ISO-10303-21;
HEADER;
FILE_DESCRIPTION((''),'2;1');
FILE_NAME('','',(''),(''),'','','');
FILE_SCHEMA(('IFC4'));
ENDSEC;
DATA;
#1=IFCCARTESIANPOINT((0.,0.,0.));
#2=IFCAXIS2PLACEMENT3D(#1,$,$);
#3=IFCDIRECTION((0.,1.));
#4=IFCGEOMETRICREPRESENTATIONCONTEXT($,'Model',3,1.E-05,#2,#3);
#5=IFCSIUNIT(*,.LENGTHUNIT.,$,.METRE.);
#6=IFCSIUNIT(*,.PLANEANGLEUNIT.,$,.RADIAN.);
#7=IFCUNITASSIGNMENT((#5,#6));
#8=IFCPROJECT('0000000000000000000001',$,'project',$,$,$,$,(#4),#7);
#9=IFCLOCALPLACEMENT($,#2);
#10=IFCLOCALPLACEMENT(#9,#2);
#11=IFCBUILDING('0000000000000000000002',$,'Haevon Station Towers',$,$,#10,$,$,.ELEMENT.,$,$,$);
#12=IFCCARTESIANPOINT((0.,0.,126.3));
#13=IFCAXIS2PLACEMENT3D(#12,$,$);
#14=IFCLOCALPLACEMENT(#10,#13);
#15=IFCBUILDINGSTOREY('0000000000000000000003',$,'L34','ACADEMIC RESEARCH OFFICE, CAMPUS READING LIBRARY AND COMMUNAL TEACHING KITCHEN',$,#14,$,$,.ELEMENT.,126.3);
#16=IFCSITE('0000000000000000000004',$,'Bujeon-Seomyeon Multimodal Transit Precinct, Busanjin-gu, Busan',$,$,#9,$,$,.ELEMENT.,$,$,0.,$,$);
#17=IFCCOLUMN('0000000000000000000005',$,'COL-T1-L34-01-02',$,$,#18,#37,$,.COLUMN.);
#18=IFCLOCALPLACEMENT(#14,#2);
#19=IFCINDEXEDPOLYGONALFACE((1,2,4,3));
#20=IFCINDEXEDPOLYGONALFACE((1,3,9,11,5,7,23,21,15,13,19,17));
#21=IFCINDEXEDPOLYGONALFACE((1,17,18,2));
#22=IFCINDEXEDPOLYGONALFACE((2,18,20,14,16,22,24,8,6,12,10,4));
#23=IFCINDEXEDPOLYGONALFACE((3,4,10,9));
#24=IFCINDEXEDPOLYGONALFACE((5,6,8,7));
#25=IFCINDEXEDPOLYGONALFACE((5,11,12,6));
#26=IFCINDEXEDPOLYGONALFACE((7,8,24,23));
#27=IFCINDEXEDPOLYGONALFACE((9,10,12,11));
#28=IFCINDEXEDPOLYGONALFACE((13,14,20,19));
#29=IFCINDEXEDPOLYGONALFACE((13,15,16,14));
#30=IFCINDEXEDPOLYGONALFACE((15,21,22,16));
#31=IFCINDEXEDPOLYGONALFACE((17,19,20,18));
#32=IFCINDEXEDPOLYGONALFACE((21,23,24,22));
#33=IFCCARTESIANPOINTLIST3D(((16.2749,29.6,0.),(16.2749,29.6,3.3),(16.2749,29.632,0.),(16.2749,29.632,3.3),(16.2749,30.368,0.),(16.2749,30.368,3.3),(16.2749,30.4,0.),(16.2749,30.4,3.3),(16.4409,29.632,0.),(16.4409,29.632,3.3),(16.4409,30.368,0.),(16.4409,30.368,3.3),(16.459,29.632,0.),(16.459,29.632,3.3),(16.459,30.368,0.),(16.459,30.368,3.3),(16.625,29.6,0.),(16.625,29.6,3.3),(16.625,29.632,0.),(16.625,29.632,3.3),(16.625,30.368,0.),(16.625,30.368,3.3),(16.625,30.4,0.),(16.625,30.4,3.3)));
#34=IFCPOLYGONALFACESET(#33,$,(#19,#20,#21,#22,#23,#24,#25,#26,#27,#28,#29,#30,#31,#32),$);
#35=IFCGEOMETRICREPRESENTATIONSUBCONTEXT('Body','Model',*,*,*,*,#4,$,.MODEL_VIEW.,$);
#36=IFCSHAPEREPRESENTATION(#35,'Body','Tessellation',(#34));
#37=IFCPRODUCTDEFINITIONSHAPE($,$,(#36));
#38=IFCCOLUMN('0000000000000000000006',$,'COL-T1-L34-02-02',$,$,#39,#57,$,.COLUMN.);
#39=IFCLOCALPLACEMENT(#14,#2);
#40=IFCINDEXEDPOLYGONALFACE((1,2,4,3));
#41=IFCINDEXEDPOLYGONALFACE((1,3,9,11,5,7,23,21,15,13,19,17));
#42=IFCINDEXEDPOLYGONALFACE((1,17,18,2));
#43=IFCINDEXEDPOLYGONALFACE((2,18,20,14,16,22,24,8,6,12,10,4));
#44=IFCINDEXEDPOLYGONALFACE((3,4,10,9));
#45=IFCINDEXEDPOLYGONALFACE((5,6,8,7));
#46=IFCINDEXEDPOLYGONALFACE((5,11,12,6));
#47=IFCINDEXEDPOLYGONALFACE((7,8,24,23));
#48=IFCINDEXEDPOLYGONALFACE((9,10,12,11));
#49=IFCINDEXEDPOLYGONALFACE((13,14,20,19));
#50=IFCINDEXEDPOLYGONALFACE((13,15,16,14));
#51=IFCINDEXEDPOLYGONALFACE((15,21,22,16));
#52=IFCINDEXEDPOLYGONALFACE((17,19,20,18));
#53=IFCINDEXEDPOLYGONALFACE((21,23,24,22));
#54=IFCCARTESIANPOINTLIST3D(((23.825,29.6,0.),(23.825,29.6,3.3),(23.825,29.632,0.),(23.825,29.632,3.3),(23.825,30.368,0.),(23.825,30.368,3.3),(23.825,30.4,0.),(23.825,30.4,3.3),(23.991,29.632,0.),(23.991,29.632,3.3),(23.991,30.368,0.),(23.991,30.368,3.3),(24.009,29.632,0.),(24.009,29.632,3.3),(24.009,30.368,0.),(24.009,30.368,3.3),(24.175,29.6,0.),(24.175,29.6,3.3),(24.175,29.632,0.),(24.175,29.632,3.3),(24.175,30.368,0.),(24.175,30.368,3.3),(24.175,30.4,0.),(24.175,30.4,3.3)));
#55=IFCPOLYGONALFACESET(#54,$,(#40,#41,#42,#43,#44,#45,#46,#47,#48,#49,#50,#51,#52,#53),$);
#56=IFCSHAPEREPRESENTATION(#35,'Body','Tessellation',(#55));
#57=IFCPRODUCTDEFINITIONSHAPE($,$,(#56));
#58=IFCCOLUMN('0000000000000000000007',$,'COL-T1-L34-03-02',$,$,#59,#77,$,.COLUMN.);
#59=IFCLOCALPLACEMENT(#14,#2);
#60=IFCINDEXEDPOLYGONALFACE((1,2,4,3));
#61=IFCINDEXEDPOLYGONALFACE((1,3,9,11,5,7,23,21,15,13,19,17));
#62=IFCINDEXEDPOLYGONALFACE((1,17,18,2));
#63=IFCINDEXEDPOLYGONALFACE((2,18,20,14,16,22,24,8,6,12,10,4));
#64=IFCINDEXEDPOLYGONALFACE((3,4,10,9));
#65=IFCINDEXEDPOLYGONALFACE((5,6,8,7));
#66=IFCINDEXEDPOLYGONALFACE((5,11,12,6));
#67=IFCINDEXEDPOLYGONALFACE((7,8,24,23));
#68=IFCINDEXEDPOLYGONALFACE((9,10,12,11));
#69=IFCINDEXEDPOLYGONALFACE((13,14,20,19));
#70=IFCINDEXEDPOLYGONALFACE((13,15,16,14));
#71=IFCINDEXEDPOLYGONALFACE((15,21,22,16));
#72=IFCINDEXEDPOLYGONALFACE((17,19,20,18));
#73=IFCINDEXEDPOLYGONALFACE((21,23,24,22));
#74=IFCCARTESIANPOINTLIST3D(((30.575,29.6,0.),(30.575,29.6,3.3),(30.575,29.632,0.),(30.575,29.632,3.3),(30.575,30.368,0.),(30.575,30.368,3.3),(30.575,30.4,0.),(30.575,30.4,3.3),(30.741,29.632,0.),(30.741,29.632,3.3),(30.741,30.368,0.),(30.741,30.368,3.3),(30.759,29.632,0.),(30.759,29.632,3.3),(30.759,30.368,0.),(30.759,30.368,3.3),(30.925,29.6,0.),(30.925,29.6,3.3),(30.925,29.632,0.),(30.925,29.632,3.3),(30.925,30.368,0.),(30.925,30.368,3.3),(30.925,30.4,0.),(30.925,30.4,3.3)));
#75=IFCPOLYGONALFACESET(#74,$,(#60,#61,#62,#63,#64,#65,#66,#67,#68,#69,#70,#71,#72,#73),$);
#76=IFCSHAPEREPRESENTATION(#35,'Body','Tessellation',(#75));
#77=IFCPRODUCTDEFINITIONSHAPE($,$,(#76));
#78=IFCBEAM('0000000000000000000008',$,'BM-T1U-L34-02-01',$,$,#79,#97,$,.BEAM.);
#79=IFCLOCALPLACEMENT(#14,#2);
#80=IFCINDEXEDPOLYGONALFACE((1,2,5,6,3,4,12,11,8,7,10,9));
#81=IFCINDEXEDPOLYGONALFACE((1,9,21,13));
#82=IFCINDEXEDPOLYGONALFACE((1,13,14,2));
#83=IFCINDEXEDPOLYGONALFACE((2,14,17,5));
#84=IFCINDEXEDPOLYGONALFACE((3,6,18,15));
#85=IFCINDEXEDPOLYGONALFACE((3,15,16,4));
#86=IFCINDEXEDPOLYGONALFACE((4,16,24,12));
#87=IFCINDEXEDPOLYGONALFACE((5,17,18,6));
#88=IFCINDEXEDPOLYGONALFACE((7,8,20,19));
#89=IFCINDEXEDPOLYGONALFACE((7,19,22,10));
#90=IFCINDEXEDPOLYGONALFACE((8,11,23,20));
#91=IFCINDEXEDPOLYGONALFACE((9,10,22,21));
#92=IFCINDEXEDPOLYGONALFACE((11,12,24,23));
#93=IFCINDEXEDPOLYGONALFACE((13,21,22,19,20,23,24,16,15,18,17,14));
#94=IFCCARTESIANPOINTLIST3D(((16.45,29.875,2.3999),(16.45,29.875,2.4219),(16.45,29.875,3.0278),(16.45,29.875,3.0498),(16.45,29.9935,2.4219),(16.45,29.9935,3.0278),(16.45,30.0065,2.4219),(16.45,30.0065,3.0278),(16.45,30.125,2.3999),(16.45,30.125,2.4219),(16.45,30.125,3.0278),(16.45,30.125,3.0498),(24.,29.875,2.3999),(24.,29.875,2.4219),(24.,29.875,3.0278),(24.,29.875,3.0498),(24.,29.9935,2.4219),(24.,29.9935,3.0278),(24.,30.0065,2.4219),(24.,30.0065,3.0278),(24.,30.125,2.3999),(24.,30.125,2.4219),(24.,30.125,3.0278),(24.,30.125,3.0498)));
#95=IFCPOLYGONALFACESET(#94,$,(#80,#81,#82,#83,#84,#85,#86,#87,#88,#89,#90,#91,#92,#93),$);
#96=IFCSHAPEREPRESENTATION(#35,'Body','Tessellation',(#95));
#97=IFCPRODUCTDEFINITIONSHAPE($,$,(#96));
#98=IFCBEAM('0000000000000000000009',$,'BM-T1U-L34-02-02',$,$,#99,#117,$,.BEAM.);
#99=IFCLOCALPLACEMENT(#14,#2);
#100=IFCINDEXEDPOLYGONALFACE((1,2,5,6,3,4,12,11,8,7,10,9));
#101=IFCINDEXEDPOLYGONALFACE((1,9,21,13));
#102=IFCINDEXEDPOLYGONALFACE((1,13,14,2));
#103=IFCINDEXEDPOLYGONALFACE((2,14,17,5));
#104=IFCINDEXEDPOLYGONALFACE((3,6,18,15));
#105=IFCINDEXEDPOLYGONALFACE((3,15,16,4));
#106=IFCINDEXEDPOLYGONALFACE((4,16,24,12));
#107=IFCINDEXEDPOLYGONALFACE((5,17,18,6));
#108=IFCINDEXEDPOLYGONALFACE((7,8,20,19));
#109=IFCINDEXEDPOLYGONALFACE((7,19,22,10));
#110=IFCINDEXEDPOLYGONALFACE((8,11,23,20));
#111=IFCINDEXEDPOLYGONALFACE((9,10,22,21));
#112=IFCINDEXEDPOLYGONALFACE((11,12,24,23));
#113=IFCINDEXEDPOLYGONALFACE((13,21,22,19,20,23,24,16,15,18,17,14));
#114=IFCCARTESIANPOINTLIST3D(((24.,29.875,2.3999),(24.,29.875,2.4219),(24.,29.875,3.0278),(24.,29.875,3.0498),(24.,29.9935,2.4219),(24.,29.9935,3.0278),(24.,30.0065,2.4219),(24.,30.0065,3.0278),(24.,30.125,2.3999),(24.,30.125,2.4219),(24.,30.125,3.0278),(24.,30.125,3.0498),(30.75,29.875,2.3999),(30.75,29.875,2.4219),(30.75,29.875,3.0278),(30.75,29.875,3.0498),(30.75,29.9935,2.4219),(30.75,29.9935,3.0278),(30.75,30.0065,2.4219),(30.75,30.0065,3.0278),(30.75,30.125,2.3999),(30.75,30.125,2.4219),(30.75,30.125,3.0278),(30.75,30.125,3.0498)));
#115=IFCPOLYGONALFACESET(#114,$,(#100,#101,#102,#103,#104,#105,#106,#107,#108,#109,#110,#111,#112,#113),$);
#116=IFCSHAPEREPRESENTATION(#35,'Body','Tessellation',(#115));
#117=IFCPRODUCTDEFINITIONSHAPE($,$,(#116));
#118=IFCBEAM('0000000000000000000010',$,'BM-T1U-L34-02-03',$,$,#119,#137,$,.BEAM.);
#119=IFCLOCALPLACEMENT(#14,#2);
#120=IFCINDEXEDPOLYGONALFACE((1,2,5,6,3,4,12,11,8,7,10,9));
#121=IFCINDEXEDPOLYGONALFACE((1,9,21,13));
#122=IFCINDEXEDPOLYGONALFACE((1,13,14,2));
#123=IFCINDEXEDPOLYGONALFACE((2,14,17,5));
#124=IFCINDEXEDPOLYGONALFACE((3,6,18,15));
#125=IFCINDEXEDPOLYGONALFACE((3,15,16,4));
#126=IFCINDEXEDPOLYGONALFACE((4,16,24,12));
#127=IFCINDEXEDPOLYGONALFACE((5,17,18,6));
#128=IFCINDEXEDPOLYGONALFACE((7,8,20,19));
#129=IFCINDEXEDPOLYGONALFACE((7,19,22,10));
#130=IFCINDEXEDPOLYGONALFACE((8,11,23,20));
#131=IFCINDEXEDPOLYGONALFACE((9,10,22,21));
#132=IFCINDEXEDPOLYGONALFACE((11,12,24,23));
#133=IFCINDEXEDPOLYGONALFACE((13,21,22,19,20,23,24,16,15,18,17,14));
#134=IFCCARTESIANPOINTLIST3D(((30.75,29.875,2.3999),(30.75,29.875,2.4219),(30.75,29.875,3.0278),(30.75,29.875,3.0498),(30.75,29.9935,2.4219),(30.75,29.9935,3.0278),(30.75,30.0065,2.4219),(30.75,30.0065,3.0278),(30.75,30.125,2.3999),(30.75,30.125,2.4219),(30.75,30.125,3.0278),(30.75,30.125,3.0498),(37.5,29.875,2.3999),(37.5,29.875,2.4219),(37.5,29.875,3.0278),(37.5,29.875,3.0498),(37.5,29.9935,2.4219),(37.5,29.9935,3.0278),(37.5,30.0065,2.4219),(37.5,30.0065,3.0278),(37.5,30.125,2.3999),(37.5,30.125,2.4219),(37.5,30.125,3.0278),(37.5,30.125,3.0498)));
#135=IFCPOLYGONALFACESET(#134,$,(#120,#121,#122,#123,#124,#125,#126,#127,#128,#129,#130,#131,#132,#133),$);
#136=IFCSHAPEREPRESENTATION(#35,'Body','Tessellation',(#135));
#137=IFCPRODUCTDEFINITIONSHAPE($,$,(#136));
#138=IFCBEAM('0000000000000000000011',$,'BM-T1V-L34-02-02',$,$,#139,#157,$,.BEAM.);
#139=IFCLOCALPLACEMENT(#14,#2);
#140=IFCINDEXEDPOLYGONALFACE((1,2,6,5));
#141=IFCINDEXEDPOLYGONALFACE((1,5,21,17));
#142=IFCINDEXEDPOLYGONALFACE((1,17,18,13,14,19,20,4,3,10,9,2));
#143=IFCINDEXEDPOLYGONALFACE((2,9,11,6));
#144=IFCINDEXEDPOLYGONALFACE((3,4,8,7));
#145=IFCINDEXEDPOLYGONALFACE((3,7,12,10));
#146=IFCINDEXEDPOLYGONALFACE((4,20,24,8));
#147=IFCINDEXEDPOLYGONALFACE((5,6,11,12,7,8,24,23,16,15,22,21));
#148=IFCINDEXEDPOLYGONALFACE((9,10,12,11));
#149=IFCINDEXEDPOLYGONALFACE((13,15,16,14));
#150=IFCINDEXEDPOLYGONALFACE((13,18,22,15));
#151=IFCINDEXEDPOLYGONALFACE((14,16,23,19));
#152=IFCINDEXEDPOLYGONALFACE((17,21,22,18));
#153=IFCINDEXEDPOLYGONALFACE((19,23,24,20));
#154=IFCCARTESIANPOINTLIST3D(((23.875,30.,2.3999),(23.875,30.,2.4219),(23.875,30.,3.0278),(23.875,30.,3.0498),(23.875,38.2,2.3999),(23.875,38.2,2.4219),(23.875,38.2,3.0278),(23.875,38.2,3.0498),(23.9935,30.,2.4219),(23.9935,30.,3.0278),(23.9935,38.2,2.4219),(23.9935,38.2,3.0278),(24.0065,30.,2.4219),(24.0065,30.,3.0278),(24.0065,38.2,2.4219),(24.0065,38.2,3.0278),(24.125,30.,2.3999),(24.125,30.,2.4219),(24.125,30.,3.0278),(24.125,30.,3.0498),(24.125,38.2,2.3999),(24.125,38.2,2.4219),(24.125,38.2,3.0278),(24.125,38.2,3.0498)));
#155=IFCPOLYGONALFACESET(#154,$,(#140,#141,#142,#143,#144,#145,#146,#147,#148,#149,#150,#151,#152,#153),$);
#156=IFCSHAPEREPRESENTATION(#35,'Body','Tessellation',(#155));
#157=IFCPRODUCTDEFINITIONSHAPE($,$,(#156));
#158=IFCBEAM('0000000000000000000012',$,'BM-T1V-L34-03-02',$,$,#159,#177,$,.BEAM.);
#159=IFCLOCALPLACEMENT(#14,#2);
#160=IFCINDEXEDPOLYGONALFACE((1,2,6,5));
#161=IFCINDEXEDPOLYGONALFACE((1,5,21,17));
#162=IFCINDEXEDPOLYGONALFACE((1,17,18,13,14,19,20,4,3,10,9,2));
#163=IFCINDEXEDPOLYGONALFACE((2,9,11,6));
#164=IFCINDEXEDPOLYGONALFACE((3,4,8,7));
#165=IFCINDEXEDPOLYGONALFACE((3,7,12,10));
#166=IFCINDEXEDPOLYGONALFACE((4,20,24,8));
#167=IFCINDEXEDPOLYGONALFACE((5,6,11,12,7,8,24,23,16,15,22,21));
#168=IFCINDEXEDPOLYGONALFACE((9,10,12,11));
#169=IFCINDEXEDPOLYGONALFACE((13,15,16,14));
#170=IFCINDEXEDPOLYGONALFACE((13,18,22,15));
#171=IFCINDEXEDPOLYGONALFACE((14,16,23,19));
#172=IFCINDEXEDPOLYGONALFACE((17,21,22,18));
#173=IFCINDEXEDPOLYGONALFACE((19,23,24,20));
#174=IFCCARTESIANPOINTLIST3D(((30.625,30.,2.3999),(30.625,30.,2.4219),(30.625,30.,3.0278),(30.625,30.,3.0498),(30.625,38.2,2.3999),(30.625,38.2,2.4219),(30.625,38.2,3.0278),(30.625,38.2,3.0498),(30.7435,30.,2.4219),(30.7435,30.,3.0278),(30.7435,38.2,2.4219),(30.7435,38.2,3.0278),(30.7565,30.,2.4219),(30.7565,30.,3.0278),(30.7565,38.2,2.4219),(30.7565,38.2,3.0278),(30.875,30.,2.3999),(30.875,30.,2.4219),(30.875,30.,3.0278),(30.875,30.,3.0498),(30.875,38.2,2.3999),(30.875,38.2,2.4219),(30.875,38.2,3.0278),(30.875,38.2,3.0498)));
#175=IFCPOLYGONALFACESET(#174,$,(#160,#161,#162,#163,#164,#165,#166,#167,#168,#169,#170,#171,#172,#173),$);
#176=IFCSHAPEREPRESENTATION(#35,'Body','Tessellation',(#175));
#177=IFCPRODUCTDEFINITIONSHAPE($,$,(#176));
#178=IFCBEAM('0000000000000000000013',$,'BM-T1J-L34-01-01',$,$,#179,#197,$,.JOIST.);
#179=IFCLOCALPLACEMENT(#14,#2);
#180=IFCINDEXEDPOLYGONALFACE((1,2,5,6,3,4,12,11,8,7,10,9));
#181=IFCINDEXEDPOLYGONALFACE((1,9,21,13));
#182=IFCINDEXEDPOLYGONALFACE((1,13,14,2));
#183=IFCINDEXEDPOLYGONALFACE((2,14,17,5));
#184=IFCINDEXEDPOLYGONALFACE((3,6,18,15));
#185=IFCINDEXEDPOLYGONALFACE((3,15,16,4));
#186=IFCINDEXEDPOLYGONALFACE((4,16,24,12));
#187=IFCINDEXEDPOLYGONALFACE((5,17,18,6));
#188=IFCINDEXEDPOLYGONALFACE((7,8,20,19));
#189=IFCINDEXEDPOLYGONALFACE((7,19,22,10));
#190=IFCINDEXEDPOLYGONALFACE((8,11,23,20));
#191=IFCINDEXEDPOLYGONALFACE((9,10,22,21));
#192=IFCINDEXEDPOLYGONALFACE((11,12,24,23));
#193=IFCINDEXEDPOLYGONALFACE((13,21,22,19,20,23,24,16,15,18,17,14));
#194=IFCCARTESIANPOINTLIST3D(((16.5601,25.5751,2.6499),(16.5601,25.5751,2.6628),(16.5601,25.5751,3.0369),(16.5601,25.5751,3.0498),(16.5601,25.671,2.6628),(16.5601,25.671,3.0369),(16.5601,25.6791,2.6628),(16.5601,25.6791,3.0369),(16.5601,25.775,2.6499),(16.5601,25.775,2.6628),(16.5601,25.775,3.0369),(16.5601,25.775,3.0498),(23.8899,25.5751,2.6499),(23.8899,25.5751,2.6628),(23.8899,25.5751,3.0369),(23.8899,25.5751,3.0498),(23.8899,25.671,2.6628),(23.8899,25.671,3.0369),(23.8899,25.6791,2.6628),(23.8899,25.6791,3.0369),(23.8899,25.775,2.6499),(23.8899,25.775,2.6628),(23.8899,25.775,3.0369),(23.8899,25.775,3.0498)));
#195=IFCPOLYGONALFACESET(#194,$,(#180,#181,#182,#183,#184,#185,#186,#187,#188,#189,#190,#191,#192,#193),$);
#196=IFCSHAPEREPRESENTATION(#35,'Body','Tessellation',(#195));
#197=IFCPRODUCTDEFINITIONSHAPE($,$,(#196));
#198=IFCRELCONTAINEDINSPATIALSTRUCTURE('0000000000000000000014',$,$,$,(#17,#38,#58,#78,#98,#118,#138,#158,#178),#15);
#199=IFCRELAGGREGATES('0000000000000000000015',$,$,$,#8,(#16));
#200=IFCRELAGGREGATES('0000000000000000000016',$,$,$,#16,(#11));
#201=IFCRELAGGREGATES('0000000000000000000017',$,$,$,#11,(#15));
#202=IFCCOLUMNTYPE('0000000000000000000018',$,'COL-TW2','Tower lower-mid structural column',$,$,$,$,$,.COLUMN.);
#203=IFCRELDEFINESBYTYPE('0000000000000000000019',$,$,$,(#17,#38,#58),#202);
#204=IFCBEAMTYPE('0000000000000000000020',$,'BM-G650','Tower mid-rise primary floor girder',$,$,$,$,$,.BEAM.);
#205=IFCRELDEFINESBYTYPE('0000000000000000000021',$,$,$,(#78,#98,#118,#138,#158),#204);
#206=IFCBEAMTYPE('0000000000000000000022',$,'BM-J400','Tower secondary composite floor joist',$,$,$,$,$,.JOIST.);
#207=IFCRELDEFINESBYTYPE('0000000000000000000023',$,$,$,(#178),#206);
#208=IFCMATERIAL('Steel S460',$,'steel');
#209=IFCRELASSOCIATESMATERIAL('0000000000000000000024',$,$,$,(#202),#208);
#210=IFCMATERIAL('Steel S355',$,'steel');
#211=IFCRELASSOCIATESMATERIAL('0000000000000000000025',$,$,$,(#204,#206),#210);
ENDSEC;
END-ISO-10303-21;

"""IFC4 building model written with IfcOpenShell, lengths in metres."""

from ifc_helpers import new_model, si_unit, direction, frame, origin, origin_2d, place, context, subcontext, project, spatial, i_section, extrude, material, material_profile, profile_set, type_object, element, save


model = new_model("IFC4")

# Units and contexts
model_context = context("Model", 3, precision=1e-05, world=origin(), true_north=direction((0.0, 1.0)))
body_context = subcontext(model_context, "Body", "Model", "MODEL_VIEW")
ifc_project = project(units=[si_unit("LENGTHUNIT", "METRE"), si_unit("PLANEANGLEUNIT", "RADIAN")], contexts=[model_context])

# Site, building, storey
site_placement = place(None, origin())
site = spatial("IfcSite", under=ifc_project, at=site_placement, Name="Bujeon-Seomyeon Multimodal Transit Precinct, Busanjin-gu, Busan", CompositionType="ELEMENT", RefElevation=0.0)
building_placement = place(site_placement, origin())
building = spatial("IfcBuilding", under=site, at=building_placement, Name="Haevon Station Towers", CompositionType="ELEMENT")
storey_placement = place(building_placement, frame((0.0, 0.0, 126.3)))
storey = spatial("IfcBuildingStorey", under=building, at=storey_placement, Name="L34", Description="ACADEMIC RESEARCH OFFICE, CAMPUS READING LIBRARY AND COMMUNAL TEACHING KITCHEN", CompositionType="ELEMENT", Elevation=126.3)

# Columns
ifc_material_1 = material(Name="Steel S460", Category="steel")
ifc_material_profile_1 = material_profile(ifc_material_1, i_section(OverallWidth=0.3501, OverallDepth=0.8, WebThickness=0.0181, FlangeThickness=0.032, at=origin_2d()), Name="H-800x350x18x32")
ifc_profile_set_1 = profile_set([ifc_material_profile_1], Name="Steel S460")
column_type = type_object("IfcColumnType", Name="COL-TW2", Description="Tower lower-mid structural column", PredefinedType="COLUMN", material=ifc_profile_set_1)
for number, where, z_axis, x_axis, name in (
    (1, (16.45, 30.0, 0.0), (0.0, 0.0, 1.0), (1.0, 0.0, 0.0), "COL-T1-L34-01-02"),
    (2, (24.0, 30.0, 0.0), (0.0, 0.0, 1.0), (1.0, 0.0, 0.0), "COL-T1-L34-02-02"),
    (3, (30.75, 30.0, 0.0), (0.0, 0.0, 1.0), (1.0, 0.0, 0.0), "COL-T1-L34-03-02"),
):
    element("IfcColumn", number, at=place(storey_placement, frame(where, z_axis=z_axis, x_axis=x_axis)), inside=storey, type_object=column_type, Name=name, PredefinedType="COLUMN", context=body_context, shape_type="SweptSolid", body=[
        extrude(i_section(OverallWidth=0.3501, OverallDepth=0.8, WebThickness=0.0181, FlangeThickness=0.032, at=origin_2d()), origin(), (0.0, 0.0, 1.0), 3.3),
    ])

# Beams
ifc_material_2 = material(Name="Steel S355", Category="steel")
ifc_material_profile_2 = material_profile(ifc_material_2, i_section(OverallWidth=0.25, OverallDepth=0.6499, WebThickness=0.0129, FlangeThickness=0.022, at=origin_2d()), Name="H-650x250x13x22")
ifc_profile_set_2 = profile_set([ifc_material_profile_2], Name="Steel S355")
beam_type_1 = type_object("IfcBeamType", Name="BM-G650", Description="Tower mid-rise primary floor girder", PredefinedType="BEAM", material=ifc_profile_set_2)
beam_1_placement = place(storey_placement, frame((16.45, 30.0, 2.7249), z_axis=(1.0, 0.0, 0.0), x_axis=(0.0, 1.0, 0.0)))
element("IfcBeam", 4, at=beam_1_placement, inside=storey, type_object=beam_type_1, Name="BM-T1U-L34-02-01", PredefinedType="BEAM", context=body_context, shape_type="SweptSolid", body=[
    extrude(i_section(OverallWidth=0.25, OverallDepth=0.6499, WebThickness=0.0129, FlangeThickness=0.022, at=origin_2d()), origin(), (0.0, 0.0, 1.0), 7.55),
])
for number, where, z_axis, x_axis, name in (
    (5, (24.0, 30.0, 2.7249), (1.0, 0.0, 0.0), (0.0, 1.0, 0.0), "BM-T1U-L34-02-02"),
    (6, (30.75, 30.0, 2.7249), (1.0, 0.0, 0.0), (0.0, 1.0, 0.0), "BM-T1U-L34-02-03"),
):
    element("IfcBeam", number, at=place(storey_placement, frame(where, z_axis=z_axis, x_axis=x_axis)), inside=storey, type_object=beam_type_1, Name=name, PredefinedType="BEAM", context=body_context, shape_type="SweptSolid", body=[
        extrude(i_section(OverallWidth=0.25, OverallDepth=0.6499, WebThickness=0.0129, FlangeThickness=0.022, at=origin_2d()), origin(), (0.0, 0.0, 1.0), 6.75),
    ])
for number, where, z_axis, x_axis, name in (
    (7, (24.0, 30.0, 2.7249), (0.0, 1.0, 0.0), (-1.0, 0.0, 0.0), "BM-T1V-L34-02-02"),
    (8, (30.75, 30.0, 2.7249), (0.0, 1.0, 0.0), (-1.0, 0.0, 0.0), "BM-T1V-L34-03-02"),
):
    element("IfcBeam", number, at=place(storey_placement, frame(where, z_axis=z_axis, x_axis=x_axis)), inside=storey, type_object=beam_type_1, Name=name, PredefinedType="BEAM", context=body_context, shape_type="SweptSolid", body=[
        extrude(i_section(OverallWidth=0.25, OverallDepth=0.6499, WebThickness=0.0129, FlangeThickness=0.022, at=origin_2d()), origin(), (0.0, 0.0, 1.0), 8.2),
    ])
ifc_material_profile_3 = material_profile(ifc_material_2, i_section(OverallWidth=0.2, OverallDepth=0.3999, WebThickness=0.0081, FlangeThickness=0.0129, at=origin_2d()), Name="H-400x200x8x13")
ifc_profile_set_3 = profile_set([ifc_material_profile_3], Name="Steel S355")
beam_type_2 = type_object("IfcBeamType", Name="BM-J400", Description="Tower secondary composite floor joist", PredefinedType="JOIST", material=ifc_profile_set_3)
beam_2_placement = place(storey_placement, frame((16.5601, 25.675, 2.8499), z_axis=(1.0, 0.0, 0.0), x_axis=(0.0, 1.0, 0.0)))
element("IfcBeam", 9, at=beam_2_placement, inside=storey, type_object=beam_type_2, Name="BM-T1J-L34-01-01", PredefinedType="JOIST", context=body_context, shape_type="SweptSolid", body=[
    extrude(i_section(OverallWidth=0.2, OverallDepth=0.3999, WebThickness=0.0081, FlangeThickness=0.0129, at=origin_2d()), origin(), (0.0, 0.0, 1.0), 7.3298),
])

save(model, "model.ifc")
